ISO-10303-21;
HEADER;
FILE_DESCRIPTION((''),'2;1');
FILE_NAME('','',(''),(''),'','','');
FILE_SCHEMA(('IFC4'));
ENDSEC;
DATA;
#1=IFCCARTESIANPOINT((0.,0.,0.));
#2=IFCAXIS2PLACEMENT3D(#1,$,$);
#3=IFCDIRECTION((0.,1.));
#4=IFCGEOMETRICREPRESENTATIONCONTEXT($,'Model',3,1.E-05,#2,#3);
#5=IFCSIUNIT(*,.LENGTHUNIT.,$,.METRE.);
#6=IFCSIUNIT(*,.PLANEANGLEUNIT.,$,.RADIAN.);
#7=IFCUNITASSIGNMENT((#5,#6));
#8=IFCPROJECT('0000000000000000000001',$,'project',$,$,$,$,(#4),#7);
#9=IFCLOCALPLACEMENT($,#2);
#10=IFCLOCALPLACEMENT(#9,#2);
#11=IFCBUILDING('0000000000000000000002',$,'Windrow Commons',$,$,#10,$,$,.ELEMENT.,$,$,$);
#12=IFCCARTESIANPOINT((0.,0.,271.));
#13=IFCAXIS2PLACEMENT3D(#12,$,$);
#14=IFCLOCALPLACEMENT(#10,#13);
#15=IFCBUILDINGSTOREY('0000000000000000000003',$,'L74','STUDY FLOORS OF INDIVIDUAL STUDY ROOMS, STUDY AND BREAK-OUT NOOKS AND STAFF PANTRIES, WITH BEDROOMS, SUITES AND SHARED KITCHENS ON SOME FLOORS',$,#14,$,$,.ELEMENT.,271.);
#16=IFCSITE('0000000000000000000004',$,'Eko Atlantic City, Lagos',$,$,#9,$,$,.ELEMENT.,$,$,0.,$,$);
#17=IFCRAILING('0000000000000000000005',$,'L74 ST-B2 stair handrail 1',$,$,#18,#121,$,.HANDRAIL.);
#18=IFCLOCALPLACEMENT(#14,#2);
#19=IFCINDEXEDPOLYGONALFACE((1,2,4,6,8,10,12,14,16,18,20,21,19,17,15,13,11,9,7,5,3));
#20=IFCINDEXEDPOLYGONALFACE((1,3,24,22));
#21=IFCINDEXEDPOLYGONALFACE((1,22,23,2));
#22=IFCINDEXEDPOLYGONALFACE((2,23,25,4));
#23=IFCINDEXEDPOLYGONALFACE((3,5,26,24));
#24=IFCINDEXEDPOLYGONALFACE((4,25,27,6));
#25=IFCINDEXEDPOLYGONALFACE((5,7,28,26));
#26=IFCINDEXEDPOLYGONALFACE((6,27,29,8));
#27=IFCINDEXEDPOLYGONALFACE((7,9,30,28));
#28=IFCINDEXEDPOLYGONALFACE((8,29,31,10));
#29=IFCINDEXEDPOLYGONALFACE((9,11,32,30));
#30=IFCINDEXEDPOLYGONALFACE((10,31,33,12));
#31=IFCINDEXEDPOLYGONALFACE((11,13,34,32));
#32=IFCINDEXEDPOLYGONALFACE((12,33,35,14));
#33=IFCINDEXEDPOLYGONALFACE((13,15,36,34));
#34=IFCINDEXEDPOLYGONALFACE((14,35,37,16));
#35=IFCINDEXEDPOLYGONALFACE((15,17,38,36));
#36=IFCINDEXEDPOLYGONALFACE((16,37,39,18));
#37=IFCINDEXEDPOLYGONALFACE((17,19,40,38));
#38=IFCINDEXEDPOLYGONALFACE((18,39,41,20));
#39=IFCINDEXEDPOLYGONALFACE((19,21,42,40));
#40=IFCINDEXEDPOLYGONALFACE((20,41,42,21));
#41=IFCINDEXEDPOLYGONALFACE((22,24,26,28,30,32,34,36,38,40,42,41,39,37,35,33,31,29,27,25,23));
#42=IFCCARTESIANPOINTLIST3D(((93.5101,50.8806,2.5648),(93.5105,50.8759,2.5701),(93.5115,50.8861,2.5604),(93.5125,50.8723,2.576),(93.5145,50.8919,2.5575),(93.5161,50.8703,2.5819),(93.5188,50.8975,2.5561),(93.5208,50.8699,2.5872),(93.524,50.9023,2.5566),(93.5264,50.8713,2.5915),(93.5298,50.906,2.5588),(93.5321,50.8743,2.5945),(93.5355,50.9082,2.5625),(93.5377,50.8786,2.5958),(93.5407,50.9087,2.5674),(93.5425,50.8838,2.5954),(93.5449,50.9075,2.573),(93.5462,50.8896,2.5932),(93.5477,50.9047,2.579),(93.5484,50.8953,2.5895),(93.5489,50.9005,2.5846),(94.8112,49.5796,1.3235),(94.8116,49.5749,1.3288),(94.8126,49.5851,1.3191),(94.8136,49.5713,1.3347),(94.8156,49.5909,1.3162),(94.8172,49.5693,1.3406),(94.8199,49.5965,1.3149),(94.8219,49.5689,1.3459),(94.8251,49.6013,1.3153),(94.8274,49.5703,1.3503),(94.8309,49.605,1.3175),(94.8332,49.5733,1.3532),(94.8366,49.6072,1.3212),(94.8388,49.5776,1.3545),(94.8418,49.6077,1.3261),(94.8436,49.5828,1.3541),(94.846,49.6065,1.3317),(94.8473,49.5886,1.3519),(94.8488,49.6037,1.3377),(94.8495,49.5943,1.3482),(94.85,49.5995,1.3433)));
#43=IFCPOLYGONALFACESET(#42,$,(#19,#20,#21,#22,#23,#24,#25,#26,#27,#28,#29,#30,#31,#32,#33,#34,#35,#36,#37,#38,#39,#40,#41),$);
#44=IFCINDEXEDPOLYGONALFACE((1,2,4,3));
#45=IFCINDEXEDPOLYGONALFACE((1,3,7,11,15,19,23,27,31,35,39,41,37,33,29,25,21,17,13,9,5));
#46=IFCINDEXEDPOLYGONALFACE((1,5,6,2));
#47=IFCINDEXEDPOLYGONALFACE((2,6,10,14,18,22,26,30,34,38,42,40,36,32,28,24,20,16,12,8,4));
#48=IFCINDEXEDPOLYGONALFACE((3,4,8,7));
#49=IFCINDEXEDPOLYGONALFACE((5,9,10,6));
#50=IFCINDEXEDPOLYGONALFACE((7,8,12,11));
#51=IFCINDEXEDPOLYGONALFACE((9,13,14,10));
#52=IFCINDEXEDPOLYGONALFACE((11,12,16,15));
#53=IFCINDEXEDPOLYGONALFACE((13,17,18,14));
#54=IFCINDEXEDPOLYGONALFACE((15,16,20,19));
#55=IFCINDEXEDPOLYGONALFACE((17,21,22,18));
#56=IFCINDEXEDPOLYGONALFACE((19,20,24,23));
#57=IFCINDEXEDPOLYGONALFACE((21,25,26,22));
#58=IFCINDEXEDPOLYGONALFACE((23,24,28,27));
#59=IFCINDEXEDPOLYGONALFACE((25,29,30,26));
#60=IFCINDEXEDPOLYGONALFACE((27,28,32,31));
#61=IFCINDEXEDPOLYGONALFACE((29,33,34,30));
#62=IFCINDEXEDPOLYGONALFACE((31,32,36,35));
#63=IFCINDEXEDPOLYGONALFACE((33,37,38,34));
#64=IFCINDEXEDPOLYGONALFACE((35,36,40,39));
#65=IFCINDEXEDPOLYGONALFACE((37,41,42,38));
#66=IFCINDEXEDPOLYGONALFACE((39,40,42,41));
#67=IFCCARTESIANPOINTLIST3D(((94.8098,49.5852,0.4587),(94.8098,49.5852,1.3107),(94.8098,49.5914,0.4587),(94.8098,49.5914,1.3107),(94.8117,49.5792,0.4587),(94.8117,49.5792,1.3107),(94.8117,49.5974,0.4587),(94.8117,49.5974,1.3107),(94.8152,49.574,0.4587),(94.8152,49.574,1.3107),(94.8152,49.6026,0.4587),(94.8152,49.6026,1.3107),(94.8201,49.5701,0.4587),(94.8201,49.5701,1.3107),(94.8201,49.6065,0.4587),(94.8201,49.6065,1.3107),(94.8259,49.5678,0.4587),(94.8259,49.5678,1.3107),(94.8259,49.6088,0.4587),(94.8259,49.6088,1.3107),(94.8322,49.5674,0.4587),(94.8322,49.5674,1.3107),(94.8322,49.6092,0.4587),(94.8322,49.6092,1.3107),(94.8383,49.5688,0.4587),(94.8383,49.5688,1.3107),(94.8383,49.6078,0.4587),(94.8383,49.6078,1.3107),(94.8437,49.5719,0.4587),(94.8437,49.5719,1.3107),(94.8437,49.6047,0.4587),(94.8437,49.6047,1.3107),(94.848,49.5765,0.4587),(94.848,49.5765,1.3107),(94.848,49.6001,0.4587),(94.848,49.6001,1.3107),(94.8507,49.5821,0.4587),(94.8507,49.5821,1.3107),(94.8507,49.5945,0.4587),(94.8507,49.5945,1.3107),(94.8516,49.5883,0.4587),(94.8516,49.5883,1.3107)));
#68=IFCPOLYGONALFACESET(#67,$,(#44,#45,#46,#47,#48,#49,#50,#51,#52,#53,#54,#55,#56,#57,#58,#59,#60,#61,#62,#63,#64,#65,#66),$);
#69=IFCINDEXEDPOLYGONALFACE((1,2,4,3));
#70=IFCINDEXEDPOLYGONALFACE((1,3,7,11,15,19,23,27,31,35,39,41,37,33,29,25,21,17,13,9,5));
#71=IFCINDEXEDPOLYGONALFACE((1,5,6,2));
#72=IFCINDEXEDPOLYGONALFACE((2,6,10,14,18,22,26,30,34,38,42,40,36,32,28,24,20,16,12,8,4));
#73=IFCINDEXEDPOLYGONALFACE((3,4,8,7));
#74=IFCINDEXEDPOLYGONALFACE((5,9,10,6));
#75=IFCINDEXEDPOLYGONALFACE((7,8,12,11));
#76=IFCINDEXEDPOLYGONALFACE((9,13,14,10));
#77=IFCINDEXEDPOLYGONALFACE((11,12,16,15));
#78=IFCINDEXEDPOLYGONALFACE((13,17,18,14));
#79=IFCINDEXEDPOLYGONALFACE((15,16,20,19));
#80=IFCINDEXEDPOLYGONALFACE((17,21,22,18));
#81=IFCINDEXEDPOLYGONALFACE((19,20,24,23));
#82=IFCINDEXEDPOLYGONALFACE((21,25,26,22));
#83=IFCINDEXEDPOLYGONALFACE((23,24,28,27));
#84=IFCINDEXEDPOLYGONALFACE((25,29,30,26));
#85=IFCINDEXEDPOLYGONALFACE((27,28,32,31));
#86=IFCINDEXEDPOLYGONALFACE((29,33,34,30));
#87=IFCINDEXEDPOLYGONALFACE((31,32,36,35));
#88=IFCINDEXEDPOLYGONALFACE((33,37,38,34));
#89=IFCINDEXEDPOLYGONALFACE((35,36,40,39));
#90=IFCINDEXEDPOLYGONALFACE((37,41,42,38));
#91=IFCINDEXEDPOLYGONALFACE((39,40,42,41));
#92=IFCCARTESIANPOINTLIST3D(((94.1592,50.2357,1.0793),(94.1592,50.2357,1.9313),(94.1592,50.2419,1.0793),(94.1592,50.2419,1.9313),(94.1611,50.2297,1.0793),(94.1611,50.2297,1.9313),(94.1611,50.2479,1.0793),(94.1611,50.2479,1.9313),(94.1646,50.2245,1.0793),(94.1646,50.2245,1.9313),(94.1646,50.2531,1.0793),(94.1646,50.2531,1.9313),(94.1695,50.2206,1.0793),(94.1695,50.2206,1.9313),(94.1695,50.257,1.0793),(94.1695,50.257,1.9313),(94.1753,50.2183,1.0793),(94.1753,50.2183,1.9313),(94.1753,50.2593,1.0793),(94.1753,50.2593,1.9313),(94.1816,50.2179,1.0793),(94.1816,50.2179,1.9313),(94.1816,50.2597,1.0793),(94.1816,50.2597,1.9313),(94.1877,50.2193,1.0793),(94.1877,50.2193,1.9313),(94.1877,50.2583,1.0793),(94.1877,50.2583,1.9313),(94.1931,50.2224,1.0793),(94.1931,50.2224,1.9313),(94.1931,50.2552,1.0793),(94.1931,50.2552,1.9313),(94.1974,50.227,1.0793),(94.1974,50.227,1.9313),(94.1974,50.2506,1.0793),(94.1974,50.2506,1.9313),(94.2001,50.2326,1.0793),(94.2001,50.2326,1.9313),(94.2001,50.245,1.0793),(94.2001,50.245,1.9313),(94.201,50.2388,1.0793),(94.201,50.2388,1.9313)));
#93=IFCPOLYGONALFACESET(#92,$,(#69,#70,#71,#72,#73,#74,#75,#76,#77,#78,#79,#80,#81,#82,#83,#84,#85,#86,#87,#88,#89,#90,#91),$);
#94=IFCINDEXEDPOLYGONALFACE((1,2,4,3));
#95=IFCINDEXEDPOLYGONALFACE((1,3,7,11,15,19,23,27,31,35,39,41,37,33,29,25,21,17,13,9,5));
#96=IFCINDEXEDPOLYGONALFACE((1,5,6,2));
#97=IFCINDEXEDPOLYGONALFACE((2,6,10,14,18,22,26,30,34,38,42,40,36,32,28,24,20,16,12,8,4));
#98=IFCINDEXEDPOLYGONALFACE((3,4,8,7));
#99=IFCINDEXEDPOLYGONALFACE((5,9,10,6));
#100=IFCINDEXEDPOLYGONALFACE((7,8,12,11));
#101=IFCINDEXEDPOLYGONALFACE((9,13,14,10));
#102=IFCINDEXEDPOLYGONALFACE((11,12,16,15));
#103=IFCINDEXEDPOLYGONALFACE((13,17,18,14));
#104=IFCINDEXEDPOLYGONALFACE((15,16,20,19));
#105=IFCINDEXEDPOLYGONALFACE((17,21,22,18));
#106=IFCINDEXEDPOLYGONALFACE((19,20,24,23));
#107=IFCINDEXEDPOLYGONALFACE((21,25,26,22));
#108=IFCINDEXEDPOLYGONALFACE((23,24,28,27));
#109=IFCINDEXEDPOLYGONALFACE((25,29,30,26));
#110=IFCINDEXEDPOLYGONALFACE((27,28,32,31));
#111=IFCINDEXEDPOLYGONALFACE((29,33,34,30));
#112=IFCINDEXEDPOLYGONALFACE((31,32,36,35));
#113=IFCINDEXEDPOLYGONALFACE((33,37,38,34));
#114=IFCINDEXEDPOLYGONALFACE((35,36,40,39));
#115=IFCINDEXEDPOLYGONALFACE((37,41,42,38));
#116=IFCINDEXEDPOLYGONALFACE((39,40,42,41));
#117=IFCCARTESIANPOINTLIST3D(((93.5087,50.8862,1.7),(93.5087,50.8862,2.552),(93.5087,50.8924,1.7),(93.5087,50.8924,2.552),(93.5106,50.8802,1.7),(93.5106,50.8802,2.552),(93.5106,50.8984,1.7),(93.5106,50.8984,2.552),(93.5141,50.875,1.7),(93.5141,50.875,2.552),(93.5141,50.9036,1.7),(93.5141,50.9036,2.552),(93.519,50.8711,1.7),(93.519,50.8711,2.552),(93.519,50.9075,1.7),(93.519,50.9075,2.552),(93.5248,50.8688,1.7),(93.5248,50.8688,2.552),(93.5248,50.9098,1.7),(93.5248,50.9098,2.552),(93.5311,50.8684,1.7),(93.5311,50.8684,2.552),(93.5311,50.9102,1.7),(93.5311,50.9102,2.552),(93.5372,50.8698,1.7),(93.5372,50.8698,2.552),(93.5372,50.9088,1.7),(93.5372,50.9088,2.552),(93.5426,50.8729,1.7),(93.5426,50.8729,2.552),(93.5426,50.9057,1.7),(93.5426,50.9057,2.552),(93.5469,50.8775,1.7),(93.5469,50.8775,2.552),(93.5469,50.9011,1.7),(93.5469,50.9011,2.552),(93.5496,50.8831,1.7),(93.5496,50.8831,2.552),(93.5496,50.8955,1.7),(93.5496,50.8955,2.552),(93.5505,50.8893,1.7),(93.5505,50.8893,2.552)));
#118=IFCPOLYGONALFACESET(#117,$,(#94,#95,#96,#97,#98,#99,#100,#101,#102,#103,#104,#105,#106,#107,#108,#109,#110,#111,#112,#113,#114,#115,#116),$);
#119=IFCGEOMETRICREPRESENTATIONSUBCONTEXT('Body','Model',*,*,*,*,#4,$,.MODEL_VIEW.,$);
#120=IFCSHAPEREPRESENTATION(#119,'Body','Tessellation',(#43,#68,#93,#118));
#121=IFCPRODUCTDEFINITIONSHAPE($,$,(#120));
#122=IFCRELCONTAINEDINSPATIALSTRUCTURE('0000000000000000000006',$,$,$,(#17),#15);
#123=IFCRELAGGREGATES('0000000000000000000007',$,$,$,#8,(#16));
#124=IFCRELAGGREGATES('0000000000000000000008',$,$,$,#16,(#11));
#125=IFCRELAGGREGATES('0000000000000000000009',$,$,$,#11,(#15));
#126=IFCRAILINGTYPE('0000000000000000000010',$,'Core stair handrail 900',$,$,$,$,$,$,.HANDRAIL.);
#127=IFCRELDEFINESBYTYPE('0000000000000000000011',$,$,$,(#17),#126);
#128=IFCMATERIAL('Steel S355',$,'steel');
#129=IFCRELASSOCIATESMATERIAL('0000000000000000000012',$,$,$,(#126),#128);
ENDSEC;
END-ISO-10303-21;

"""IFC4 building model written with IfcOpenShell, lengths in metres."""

from ifc_helpers import new_model, si_unit, direction, frame, origin, origin_2d, place, context, subcontext, project, spatial, circle, extrude, material, type_object, element, save


model = new_model("IFC4")

# Units and contexts
model_context = context("Model", 3, precision=1e-05, world=origin(), true_north=direction((0.0, 1.0)))
body_context = subcontext(model_context, "Body", "Model", "MODEL_VIEW")
ifc_project = project(units=[si_unit("LENGTHUNIT", "METRE"), si_unit("PLANEANGLEUNIT", "RADIAN")], contexts=[model_context])

# Site, building, storey
site_placement = place(None, origin())
site = spatial("IfcSite", under=ifc_project, at=site_placement, Name="Eko Atlantic City, Lagos", CompositionType="ELEMENT", RefElevation=0.0)
building_placement = place(site_placement, origin())
building = spatial("IfcBuilding", under=site, at=building_placement, Name="Windrow Commons", CompositionType="ELEMENT")
storey_placement = place(building_placement, frame((0.0, 0.0, 271.0)))
storey = spatial("IfcBuildingStorey", under=building, at=storey_placement, Name="L74", Description="STUDY FLOORS OF INDIVIDUAL STUDY ROOMS, STUDY AND BREAK-OUT NOOKS AND STAFF PANTRIES, WITH BEDROOMS, SUITES AND SHARED KITCHENS ON SOME FLOORS", CompositionType="ELEMENT", Elevation=271.0)

# Railing
ifc_material_1 = material(Name="Steel S355", Category="steel")
railing_type_1 = type_object("IfcRailingType", Name="Core stair handrail 900", PredefinedType="HANDRAIL", material=ifc_material_1)
railing_1_placement = place(storey_placement, frame((94.8306, 49.5883, 0.4587)))
element("IfcRailing", 1, at=railing_1_placement, inside=storey, type_object=railing_type_1, Name="L74 ST-B2 stair handrail 1", PredefinedType="HANDRAIL", context=body_context, shape_type="SweptSolid", body=[
    extrude(circle(Radius=0.024, at=origin_2d()), frame((0.0, 0.0, 0.876), z_axis=(-0.586207, 0.586162, 0.559264), x_axis=(-0.70708, -0.707134, 0.0)), (0.0, 0.0, 1.0), 2.2195),
    extrude(circle(Radius=0.021, at=origin_2d()), origin(), (0.0, 0.0, 1.0), 0.852),
    extrude(circle(Radius=0.021, at=origin_2d()), frame((-0.6506, 0.6505, 0.6206)), (0.0, 0.0, 1.0), 0.852),
    extrude(circle(Radius=0.021, at=origin_2d()), frame((-1.3011, 1.301, 1.2413)), (0.0, 0.0, 1.0), 0.852),
])

save(model, "model.ifc")
